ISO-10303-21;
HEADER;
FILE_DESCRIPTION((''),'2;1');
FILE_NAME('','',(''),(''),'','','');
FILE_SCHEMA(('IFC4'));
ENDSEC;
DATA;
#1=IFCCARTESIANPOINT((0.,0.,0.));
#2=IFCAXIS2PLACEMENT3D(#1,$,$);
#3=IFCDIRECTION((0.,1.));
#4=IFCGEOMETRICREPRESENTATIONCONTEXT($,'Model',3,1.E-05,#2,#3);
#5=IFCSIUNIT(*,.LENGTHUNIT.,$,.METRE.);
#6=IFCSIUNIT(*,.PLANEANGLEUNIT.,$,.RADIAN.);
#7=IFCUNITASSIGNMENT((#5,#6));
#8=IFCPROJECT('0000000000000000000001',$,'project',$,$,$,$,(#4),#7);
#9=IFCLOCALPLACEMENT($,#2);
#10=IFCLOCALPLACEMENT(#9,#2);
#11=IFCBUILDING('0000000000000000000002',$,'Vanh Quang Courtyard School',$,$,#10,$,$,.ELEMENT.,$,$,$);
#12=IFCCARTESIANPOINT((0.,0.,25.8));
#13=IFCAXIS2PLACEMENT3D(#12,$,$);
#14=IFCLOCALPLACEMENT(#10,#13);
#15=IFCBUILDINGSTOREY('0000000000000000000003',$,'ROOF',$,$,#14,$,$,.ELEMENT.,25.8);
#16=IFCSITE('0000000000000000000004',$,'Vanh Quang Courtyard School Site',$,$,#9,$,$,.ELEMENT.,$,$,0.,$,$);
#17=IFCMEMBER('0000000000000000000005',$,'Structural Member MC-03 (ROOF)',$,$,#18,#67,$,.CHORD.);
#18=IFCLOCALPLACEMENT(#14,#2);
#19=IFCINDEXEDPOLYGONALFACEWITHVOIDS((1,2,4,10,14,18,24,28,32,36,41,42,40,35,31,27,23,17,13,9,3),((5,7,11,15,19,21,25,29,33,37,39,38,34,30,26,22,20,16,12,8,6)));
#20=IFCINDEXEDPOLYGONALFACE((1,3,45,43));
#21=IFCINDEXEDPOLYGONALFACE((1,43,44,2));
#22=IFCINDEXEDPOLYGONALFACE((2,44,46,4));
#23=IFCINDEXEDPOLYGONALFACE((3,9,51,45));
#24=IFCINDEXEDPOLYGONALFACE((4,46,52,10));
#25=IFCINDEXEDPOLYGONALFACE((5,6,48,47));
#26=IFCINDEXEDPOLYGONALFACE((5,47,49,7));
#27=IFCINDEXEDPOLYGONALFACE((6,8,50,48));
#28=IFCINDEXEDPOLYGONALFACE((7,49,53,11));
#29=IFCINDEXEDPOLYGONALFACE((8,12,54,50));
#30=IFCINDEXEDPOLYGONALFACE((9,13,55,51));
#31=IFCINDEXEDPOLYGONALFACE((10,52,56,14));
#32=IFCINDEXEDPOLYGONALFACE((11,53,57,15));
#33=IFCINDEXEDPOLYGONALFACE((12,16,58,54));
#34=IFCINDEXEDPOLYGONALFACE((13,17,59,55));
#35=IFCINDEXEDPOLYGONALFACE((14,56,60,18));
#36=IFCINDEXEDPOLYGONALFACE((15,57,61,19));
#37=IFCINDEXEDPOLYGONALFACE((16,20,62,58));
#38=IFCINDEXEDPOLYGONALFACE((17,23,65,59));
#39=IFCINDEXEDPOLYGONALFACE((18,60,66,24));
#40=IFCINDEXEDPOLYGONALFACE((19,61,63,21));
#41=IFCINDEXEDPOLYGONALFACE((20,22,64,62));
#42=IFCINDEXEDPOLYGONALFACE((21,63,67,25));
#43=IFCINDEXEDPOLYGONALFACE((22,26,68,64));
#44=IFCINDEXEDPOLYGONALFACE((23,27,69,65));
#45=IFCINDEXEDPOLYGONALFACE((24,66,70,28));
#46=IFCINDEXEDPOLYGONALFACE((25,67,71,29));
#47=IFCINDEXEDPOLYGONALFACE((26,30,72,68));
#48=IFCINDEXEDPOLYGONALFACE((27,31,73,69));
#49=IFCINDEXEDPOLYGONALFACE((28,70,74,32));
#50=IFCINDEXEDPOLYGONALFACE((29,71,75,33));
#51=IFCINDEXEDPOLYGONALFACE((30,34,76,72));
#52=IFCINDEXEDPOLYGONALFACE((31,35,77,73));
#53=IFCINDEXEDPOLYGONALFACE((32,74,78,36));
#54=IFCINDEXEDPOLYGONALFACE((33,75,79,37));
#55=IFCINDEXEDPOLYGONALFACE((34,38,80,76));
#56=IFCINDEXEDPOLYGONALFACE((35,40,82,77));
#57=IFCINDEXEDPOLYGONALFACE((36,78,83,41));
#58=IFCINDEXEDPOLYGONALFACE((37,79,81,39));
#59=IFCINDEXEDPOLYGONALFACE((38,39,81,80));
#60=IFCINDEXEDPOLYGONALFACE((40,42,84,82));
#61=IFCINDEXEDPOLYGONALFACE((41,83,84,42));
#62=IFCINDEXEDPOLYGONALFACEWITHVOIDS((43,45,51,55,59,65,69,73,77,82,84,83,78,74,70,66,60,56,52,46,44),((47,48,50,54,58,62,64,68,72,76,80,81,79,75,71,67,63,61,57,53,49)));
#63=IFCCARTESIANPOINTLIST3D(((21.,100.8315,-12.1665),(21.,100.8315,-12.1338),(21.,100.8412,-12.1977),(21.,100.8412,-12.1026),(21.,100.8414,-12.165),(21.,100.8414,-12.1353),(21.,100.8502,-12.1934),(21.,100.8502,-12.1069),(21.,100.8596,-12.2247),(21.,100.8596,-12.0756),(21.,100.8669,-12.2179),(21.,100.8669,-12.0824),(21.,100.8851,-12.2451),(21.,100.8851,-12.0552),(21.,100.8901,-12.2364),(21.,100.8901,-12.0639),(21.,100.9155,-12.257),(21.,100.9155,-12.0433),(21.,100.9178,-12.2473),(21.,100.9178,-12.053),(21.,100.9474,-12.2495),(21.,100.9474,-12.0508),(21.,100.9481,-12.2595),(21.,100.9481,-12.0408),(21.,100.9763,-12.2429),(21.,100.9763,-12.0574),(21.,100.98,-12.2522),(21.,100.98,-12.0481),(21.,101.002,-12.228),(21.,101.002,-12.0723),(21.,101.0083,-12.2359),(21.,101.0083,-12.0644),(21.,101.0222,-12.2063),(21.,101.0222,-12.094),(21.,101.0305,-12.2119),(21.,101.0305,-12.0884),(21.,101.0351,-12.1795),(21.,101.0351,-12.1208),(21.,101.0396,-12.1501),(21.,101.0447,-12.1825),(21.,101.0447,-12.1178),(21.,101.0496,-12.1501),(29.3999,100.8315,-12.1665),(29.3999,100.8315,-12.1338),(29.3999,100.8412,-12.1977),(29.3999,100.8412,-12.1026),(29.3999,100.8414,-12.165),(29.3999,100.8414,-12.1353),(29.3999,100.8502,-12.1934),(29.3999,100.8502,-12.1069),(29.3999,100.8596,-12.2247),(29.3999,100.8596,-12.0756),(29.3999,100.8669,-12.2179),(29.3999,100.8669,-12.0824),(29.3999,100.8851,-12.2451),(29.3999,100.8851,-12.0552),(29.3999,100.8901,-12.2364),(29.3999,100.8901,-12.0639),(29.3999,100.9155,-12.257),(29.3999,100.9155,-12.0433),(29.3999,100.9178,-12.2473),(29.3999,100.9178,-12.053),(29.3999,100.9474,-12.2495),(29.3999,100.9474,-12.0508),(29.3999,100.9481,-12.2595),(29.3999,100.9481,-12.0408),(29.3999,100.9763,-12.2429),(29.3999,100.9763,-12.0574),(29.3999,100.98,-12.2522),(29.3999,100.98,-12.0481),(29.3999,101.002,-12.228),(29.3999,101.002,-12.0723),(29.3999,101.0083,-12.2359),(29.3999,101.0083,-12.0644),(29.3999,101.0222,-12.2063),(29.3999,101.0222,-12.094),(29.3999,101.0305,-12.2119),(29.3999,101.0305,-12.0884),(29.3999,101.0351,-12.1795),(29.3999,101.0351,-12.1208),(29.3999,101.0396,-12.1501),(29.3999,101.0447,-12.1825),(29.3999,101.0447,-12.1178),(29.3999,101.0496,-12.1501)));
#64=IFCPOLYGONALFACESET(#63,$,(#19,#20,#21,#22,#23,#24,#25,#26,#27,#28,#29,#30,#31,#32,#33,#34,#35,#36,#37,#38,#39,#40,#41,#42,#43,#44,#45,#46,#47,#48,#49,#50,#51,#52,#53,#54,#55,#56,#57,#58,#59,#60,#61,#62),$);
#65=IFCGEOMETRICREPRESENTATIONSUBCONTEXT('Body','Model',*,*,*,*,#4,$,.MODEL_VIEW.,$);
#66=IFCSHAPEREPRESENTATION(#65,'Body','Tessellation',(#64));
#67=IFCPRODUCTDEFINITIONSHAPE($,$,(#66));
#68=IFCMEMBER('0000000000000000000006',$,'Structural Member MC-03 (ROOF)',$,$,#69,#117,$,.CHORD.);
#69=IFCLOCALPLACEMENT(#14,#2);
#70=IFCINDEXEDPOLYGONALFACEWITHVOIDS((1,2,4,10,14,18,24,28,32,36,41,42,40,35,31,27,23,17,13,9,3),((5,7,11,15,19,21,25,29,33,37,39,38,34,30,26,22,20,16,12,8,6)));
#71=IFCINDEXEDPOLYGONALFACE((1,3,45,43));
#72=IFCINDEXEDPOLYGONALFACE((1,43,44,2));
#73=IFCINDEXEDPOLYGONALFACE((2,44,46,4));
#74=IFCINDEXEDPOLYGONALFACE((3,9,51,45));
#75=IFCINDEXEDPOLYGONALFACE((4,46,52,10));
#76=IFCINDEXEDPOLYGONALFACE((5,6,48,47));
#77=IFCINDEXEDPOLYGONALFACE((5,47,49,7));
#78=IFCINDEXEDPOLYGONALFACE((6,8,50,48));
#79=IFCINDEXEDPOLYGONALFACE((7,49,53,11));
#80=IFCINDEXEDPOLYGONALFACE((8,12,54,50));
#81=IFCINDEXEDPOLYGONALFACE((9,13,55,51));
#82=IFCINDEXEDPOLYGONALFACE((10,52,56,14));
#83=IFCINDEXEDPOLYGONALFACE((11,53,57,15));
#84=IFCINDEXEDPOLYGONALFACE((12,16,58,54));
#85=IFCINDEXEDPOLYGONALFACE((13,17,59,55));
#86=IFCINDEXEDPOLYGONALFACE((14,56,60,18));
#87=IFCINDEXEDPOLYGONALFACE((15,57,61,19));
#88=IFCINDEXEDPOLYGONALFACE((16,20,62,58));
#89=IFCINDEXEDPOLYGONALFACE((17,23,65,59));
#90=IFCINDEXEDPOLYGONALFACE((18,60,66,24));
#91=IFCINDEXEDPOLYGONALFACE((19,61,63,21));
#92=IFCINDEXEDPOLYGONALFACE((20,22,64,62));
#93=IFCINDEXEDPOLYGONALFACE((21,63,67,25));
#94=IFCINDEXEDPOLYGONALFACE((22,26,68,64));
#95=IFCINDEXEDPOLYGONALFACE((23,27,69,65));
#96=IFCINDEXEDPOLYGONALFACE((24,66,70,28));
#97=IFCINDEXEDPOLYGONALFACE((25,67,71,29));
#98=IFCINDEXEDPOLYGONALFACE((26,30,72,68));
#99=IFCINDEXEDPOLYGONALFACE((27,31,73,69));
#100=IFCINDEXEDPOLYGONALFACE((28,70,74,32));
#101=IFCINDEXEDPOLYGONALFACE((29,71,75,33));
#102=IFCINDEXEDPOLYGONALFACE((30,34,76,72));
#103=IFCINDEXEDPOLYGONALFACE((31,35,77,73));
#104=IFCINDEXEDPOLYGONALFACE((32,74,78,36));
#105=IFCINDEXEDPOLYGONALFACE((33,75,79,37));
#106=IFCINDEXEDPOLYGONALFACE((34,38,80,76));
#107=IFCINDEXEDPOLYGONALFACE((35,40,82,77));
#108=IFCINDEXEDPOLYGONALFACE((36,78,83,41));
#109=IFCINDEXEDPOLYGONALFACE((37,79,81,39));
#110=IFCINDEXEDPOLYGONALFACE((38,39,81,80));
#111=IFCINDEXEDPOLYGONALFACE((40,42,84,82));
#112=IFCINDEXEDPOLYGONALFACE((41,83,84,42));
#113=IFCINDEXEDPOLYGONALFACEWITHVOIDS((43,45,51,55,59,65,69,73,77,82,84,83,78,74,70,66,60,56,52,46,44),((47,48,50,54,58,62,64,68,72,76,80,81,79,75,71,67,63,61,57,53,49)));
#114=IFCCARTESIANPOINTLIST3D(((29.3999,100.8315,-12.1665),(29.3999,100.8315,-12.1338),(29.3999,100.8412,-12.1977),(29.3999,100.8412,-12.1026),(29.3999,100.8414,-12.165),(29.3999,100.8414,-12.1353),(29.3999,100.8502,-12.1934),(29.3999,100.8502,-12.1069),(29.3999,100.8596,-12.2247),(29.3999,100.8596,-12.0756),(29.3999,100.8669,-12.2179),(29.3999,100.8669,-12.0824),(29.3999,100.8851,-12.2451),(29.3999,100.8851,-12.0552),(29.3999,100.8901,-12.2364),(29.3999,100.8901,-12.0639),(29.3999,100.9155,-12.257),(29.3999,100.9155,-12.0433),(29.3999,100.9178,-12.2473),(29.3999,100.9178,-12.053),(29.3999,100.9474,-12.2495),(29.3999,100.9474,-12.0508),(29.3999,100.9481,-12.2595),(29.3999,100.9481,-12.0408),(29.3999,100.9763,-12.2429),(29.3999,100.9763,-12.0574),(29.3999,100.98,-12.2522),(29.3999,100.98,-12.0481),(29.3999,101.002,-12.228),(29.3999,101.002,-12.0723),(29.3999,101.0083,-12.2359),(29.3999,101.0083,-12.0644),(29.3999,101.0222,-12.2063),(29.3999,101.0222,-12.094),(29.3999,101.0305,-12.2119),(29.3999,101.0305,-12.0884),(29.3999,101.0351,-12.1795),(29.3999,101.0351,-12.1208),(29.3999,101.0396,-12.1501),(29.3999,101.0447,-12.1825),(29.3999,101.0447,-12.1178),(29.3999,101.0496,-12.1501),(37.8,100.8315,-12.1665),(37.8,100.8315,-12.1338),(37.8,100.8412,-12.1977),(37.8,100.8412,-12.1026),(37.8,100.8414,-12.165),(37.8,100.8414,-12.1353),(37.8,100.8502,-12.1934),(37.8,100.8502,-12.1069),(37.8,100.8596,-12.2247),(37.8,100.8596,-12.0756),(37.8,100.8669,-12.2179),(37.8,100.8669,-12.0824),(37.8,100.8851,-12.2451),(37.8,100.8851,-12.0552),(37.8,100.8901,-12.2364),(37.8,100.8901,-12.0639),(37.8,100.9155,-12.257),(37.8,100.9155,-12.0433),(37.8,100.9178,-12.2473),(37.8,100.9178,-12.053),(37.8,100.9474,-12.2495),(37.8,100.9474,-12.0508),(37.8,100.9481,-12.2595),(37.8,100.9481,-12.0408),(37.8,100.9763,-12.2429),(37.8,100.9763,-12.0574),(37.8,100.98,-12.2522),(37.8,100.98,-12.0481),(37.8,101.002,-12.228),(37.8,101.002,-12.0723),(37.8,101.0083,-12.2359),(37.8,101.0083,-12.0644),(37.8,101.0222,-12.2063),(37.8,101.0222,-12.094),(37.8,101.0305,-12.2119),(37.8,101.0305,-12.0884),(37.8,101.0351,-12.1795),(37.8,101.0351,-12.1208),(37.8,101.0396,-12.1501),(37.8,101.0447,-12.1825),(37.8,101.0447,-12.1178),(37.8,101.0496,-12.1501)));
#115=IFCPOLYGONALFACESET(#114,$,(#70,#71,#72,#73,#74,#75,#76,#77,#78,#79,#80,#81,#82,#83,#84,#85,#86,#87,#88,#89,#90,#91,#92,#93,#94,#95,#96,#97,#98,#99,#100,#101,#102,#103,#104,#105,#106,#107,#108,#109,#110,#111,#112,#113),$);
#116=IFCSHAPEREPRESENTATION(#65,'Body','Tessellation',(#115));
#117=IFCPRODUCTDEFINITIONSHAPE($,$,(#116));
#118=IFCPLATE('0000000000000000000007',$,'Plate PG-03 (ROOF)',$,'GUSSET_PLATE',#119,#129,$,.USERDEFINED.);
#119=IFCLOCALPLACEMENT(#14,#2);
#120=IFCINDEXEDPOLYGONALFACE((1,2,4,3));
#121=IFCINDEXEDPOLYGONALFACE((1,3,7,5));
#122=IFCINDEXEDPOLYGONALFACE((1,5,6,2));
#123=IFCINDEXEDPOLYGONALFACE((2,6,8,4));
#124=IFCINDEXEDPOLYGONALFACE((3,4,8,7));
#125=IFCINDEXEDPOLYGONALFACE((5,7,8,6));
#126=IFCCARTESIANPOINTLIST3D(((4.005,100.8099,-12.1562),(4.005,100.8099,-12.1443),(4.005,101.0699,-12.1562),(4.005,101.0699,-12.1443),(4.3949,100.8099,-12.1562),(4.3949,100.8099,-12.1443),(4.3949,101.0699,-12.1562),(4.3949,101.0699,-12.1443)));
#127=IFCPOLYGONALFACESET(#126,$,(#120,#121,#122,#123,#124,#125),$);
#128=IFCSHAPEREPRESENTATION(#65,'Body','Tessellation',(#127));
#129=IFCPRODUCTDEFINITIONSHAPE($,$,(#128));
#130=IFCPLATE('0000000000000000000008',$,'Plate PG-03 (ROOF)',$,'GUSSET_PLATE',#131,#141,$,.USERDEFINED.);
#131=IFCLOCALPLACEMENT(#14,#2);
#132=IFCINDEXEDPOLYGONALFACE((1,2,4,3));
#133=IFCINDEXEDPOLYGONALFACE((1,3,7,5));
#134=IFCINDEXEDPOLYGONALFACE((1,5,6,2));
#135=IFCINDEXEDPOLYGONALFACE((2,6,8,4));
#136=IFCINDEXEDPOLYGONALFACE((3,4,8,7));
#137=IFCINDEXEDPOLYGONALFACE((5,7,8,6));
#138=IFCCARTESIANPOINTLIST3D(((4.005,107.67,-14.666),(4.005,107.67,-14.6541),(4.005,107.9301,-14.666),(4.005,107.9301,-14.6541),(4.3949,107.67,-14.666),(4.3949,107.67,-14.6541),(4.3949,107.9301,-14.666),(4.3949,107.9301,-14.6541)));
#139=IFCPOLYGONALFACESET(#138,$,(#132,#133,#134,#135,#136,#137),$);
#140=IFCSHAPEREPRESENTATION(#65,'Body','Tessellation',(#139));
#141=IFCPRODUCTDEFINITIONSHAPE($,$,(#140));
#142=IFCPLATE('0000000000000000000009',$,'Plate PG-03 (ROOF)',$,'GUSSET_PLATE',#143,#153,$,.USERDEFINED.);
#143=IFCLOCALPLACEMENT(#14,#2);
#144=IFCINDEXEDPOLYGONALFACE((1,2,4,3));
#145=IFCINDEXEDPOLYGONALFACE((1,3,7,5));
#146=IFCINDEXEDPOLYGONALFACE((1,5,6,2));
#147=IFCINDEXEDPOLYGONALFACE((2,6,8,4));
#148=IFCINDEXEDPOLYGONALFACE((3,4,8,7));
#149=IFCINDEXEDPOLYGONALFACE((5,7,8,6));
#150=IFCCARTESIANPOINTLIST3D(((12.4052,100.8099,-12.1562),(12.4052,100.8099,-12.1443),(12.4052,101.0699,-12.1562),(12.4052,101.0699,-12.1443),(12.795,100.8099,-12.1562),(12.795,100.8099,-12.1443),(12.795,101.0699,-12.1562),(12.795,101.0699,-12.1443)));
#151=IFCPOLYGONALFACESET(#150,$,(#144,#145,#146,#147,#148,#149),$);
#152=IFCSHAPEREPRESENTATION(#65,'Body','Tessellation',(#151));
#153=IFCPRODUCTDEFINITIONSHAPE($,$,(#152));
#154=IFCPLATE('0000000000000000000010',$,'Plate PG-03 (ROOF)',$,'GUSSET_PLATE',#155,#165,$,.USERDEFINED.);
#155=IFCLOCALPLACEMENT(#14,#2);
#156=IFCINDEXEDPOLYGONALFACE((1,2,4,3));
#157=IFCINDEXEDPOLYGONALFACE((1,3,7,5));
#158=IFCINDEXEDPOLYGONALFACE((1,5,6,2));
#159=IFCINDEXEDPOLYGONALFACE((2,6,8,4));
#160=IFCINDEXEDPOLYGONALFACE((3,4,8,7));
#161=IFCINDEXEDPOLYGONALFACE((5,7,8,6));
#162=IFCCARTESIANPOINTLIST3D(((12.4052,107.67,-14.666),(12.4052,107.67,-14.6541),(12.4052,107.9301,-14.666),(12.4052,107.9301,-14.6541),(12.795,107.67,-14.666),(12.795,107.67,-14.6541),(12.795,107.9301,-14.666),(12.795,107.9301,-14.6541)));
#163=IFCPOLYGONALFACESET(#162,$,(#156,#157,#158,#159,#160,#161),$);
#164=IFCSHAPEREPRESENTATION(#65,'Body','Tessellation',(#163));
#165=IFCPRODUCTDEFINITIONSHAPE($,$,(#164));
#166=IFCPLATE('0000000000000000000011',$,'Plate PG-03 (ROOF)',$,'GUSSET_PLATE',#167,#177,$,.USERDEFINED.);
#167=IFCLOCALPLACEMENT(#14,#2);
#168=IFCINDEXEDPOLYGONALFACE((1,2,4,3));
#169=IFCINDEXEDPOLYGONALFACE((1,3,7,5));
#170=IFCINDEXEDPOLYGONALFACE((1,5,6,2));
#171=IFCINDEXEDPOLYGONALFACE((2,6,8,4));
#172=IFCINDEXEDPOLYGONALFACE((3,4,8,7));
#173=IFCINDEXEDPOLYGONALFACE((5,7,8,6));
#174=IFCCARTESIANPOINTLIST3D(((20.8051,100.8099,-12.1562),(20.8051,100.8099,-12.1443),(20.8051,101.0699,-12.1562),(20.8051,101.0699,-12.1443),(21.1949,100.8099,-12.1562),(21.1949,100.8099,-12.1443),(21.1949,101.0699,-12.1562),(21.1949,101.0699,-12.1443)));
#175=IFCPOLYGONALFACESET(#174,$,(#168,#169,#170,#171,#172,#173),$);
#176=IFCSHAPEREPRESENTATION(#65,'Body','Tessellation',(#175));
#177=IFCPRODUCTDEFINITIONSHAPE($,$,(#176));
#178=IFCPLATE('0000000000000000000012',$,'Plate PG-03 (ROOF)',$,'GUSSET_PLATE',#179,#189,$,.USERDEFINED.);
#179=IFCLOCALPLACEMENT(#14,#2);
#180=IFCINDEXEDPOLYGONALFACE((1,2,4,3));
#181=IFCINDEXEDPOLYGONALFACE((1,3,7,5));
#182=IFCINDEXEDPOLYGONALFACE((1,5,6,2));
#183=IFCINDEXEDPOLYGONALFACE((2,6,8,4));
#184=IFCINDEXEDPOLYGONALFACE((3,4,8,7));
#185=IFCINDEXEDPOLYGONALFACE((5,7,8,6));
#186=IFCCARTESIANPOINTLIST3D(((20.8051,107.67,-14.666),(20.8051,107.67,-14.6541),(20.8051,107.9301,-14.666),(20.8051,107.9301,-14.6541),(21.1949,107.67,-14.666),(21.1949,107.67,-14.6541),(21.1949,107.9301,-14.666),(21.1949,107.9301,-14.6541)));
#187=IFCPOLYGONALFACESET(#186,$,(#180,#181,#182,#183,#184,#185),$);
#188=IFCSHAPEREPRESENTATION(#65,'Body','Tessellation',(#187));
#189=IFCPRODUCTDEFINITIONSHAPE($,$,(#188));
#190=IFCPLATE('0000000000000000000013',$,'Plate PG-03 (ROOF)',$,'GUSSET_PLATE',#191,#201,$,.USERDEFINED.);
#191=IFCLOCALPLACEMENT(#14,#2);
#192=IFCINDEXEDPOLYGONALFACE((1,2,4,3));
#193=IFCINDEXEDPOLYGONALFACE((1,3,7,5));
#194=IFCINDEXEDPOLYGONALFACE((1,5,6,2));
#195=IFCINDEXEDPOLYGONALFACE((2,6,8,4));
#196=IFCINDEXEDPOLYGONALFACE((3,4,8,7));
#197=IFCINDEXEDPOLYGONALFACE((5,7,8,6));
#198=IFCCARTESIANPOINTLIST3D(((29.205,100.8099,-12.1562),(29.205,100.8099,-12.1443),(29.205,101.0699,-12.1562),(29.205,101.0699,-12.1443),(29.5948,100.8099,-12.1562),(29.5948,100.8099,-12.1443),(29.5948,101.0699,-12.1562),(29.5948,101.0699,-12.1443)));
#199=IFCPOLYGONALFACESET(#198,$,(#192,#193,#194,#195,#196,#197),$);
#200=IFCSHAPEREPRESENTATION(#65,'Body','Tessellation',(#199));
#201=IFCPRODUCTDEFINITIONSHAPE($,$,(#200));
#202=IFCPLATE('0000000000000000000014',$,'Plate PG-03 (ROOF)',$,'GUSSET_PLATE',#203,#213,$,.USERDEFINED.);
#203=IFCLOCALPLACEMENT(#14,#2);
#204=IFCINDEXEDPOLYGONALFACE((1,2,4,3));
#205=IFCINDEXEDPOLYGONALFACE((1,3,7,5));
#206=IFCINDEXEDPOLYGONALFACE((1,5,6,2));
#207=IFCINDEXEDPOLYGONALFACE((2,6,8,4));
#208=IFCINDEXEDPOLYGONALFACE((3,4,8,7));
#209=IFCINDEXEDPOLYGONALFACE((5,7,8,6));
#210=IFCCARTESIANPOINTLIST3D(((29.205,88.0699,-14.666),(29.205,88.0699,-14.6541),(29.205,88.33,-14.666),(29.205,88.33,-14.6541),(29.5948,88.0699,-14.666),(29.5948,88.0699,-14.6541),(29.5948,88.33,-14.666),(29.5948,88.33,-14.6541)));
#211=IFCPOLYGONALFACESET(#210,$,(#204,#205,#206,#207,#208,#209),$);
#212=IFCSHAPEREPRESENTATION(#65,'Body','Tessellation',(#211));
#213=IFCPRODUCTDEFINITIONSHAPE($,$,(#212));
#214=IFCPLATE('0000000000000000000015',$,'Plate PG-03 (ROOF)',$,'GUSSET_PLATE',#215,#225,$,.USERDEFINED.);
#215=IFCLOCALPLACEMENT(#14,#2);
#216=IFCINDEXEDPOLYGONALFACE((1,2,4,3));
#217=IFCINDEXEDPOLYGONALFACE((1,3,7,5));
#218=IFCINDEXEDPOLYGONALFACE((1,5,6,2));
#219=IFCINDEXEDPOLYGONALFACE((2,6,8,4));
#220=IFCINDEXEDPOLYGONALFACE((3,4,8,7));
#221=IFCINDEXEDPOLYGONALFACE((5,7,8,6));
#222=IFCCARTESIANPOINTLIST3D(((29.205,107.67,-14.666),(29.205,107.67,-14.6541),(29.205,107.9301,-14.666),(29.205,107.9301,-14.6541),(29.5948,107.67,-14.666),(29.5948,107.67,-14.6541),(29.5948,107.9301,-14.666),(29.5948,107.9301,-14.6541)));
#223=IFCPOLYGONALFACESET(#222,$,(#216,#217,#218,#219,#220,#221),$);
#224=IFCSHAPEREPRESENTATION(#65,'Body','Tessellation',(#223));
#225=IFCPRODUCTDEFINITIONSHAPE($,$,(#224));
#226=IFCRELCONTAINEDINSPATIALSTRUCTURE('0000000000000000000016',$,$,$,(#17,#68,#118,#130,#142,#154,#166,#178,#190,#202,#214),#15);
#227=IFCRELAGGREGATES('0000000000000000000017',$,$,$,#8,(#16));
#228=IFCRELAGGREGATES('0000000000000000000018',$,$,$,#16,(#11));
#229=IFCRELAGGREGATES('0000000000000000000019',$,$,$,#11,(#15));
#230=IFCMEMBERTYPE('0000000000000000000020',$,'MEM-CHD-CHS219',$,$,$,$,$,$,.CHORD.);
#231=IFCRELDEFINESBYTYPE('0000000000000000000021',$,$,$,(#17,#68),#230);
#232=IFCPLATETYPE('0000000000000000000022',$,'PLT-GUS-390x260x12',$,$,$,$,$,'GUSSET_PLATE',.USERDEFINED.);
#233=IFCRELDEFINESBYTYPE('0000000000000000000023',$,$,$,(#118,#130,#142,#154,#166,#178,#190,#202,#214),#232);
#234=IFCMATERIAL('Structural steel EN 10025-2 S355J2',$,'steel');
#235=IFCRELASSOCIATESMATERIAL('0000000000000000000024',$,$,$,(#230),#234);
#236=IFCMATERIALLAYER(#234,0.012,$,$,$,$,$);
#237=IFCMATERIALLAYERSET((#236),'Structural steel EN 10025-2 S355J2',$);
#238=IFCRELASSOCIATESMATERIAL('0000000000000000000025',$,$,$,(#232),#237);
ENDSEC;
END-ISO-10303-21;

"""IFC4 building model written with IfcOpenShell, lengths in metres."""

from ifc_helpers import new_model, si_unit, direction, frame, origin, origin_2d, place, context, subcontext, project, spatial, rectangle, hollow_circle, extrude, material, layer, layer_set, material_profile, profile_set, type_object, element, save


model = new_model("IFC4")

# Units and contexts
model_context = context("Model", 3, precision=1e-05, world=origin(), true_north=direction((0.0, 1.0)))
body_context = subcontext(model_context, "Body", "Model", "MODEL_VIEW")
ifc_project = project(units=[si_unit("LENGTHUNIT", "METRE"), si_unit("PLANEANGLEUNIT", "RADIAN")], contexts=[model_context])

# Site, building, storey
site_placement = place(None, origin())
site = spatial("IfcSite", under=ifc_project, at=site_placement, Name="Vanh Quang Courtyard School Site", CompositionType="ELEMENT", RefElevation=0.0)
building_placement = place(site_placement, origin())
building = spatial("IfcBuilding", under=site, at=building_placement, Name="Vanh Quang Courtyard School", CompositionType="ELEMENT")
storey_placement = place(building_placement, frame((0.0, 0.0, 25.8)))
storey = spatial("IfcBuildingStorey", under=building, at=storey_placement, Name="ROOF", CompositionType="ELEMENT", Elevation=25.8)

# Members
ifc_material_1 = material(Name="Structural steel EN 10025-2 S355J2", Category="steel")
ifc_material_profile_1 = material_profile(ifc_material_1, hollow_circle(Radius=0.1096, WallThickness=0.01, at=origin_2d()), Name="CHS 219.1x10")
ifc_profile_set_1 = profile_set([ifc_material_profile_1], Name="Structural steel EN 10025-2 S355J2")
member_type_1 = type_object("IfcMemberType", Name="MEM-CHD-CHS219", PredefinedType="CHORD", material=ifc_profile_set_1)
for number, where, z_axis, x_axis, name in (
    (1, (21.0, 100.9399, -12.1501), (1.0, 0.0, 0.0), (0.0, 1.0, 0.0), "Structural Member MC-03 (ROOF)"),
):
    element("IfcMember", number, at=place(storey_placement, frame(where, z_axis=z_axis, x_axis=x_axis)), inside=storey, type_object=member_type_1, Name=name, PredefinedType="CHORD", context=body_context, shape_type="SweptSolid", body=[
        extrude(hollow_circle(Radius=0.1096, WallThickness=0.01, at=origin_2d()), origin(), (0.0, 0.0, 1.0), 8.3999),
    ])
member_1_placement = place(storey_placement, frame((29.3999, 100.9399, -12.1501), z_axis=(1.0, 0.0, 0.0), x_axis=(0.0, 1.0, 0.0)))
element("IfcMember", 2, at=member_1_placement, inside=storey, type_object=member_type_1, Name="Structural Member MC-03 (ROOF)", PredefinedType="CHORD", context=body_context, shape_type="SweptSolid", body=[
    extrude(hollow_circle(Radius=0.1096, WallThickness=0.01, at=origin_2d()), origin(), (0.0, 0.0, 1.0), 8.4001),
])

# Plates
ifc_layer_1 = layer(ifc_material_1, 0.012)
ifc_layer_set_1 = layer_set([ifc_layer_1], Name="Structural steel EN 10025-2 S355J2")
plate_type = type_object("IfcPlateType", Name="PLT-GUS-390x260x12", ElementType="GUSSET_PLATE", PredefinedType="USERDEFINED", material=ifc_layer_set_1)
for number, where, z_axis, x_axis, name in (
    (3, (4.2, 100.9399, -12.1562), (0.0, 0.0, 1.0), (1.0, 0.0, 0.0), "Plate PG-03 (ROOF)"),
    (4, (4.2, 107.8, -14.666), (0.0, 0.0, 1.0), (1.0, 0.0, 0.0), "Plate PG-03 (ROOF)"),
    (5, (12.6001, 100.9399, -12.1562), (0.0, 0.0, 1.0), (1.0, 0.0, 0.0), "Plate PG-03 (ROOF)"),
    (6, (12.6001, 107.8, -14.666), (0.0, 0.0, 1.0), (1.0, 0.0, 0.0), "Plate PG-03 (ROOF)"),
    (7, (21.0, 100.9399, -12.1562), (0.0, 0.0, 1.0), (1.0, 0.0, 0.0), "Plate PG-03 (ROOF)"),
    (8, (21.0, 107.8, -14.666), (0.0, 0.0, 1.0), (1.0, 0.0, 0.0), "Plate PG-03 (ROOF)"),
    (9, (29.3999, 100.9399, -12.1562), (0.0, 0.0, 1.0), (1.0, 0.0, 0.0), "Plate PG-03 (ROOF)"),
    (10, (29.3999, 88.2, -14.666), (0.0, 0.0, 1.0), (1.0, 0.0, 0.0), "Plate PG-03 (ROOF)"),
    (11, (29.3999, 107.8, -14.666), (0.0, 0.0, 1.0), (1.0, 0.0, 0.0), "Plate PG-03 (ROOF)"),
):
    element("IfcPlate", number, at=place(storey_placement, frame(where, z_axis=z_axis, x_axis=x_axis)), inside=storey, type_object=plate_type, Name=name, ObjectType="GUSSET_PLATE", PredefinedType="USERDEFINED", context=body_context, shape_type="SweptSolid", body=[
        extrude(rectangle(XDim=0.3899, YDim=0.26, at=origin_2d()), origin(), (0.0, 0.0, 1.0), 0.012),
    ])

save(model, "model.ifc")
